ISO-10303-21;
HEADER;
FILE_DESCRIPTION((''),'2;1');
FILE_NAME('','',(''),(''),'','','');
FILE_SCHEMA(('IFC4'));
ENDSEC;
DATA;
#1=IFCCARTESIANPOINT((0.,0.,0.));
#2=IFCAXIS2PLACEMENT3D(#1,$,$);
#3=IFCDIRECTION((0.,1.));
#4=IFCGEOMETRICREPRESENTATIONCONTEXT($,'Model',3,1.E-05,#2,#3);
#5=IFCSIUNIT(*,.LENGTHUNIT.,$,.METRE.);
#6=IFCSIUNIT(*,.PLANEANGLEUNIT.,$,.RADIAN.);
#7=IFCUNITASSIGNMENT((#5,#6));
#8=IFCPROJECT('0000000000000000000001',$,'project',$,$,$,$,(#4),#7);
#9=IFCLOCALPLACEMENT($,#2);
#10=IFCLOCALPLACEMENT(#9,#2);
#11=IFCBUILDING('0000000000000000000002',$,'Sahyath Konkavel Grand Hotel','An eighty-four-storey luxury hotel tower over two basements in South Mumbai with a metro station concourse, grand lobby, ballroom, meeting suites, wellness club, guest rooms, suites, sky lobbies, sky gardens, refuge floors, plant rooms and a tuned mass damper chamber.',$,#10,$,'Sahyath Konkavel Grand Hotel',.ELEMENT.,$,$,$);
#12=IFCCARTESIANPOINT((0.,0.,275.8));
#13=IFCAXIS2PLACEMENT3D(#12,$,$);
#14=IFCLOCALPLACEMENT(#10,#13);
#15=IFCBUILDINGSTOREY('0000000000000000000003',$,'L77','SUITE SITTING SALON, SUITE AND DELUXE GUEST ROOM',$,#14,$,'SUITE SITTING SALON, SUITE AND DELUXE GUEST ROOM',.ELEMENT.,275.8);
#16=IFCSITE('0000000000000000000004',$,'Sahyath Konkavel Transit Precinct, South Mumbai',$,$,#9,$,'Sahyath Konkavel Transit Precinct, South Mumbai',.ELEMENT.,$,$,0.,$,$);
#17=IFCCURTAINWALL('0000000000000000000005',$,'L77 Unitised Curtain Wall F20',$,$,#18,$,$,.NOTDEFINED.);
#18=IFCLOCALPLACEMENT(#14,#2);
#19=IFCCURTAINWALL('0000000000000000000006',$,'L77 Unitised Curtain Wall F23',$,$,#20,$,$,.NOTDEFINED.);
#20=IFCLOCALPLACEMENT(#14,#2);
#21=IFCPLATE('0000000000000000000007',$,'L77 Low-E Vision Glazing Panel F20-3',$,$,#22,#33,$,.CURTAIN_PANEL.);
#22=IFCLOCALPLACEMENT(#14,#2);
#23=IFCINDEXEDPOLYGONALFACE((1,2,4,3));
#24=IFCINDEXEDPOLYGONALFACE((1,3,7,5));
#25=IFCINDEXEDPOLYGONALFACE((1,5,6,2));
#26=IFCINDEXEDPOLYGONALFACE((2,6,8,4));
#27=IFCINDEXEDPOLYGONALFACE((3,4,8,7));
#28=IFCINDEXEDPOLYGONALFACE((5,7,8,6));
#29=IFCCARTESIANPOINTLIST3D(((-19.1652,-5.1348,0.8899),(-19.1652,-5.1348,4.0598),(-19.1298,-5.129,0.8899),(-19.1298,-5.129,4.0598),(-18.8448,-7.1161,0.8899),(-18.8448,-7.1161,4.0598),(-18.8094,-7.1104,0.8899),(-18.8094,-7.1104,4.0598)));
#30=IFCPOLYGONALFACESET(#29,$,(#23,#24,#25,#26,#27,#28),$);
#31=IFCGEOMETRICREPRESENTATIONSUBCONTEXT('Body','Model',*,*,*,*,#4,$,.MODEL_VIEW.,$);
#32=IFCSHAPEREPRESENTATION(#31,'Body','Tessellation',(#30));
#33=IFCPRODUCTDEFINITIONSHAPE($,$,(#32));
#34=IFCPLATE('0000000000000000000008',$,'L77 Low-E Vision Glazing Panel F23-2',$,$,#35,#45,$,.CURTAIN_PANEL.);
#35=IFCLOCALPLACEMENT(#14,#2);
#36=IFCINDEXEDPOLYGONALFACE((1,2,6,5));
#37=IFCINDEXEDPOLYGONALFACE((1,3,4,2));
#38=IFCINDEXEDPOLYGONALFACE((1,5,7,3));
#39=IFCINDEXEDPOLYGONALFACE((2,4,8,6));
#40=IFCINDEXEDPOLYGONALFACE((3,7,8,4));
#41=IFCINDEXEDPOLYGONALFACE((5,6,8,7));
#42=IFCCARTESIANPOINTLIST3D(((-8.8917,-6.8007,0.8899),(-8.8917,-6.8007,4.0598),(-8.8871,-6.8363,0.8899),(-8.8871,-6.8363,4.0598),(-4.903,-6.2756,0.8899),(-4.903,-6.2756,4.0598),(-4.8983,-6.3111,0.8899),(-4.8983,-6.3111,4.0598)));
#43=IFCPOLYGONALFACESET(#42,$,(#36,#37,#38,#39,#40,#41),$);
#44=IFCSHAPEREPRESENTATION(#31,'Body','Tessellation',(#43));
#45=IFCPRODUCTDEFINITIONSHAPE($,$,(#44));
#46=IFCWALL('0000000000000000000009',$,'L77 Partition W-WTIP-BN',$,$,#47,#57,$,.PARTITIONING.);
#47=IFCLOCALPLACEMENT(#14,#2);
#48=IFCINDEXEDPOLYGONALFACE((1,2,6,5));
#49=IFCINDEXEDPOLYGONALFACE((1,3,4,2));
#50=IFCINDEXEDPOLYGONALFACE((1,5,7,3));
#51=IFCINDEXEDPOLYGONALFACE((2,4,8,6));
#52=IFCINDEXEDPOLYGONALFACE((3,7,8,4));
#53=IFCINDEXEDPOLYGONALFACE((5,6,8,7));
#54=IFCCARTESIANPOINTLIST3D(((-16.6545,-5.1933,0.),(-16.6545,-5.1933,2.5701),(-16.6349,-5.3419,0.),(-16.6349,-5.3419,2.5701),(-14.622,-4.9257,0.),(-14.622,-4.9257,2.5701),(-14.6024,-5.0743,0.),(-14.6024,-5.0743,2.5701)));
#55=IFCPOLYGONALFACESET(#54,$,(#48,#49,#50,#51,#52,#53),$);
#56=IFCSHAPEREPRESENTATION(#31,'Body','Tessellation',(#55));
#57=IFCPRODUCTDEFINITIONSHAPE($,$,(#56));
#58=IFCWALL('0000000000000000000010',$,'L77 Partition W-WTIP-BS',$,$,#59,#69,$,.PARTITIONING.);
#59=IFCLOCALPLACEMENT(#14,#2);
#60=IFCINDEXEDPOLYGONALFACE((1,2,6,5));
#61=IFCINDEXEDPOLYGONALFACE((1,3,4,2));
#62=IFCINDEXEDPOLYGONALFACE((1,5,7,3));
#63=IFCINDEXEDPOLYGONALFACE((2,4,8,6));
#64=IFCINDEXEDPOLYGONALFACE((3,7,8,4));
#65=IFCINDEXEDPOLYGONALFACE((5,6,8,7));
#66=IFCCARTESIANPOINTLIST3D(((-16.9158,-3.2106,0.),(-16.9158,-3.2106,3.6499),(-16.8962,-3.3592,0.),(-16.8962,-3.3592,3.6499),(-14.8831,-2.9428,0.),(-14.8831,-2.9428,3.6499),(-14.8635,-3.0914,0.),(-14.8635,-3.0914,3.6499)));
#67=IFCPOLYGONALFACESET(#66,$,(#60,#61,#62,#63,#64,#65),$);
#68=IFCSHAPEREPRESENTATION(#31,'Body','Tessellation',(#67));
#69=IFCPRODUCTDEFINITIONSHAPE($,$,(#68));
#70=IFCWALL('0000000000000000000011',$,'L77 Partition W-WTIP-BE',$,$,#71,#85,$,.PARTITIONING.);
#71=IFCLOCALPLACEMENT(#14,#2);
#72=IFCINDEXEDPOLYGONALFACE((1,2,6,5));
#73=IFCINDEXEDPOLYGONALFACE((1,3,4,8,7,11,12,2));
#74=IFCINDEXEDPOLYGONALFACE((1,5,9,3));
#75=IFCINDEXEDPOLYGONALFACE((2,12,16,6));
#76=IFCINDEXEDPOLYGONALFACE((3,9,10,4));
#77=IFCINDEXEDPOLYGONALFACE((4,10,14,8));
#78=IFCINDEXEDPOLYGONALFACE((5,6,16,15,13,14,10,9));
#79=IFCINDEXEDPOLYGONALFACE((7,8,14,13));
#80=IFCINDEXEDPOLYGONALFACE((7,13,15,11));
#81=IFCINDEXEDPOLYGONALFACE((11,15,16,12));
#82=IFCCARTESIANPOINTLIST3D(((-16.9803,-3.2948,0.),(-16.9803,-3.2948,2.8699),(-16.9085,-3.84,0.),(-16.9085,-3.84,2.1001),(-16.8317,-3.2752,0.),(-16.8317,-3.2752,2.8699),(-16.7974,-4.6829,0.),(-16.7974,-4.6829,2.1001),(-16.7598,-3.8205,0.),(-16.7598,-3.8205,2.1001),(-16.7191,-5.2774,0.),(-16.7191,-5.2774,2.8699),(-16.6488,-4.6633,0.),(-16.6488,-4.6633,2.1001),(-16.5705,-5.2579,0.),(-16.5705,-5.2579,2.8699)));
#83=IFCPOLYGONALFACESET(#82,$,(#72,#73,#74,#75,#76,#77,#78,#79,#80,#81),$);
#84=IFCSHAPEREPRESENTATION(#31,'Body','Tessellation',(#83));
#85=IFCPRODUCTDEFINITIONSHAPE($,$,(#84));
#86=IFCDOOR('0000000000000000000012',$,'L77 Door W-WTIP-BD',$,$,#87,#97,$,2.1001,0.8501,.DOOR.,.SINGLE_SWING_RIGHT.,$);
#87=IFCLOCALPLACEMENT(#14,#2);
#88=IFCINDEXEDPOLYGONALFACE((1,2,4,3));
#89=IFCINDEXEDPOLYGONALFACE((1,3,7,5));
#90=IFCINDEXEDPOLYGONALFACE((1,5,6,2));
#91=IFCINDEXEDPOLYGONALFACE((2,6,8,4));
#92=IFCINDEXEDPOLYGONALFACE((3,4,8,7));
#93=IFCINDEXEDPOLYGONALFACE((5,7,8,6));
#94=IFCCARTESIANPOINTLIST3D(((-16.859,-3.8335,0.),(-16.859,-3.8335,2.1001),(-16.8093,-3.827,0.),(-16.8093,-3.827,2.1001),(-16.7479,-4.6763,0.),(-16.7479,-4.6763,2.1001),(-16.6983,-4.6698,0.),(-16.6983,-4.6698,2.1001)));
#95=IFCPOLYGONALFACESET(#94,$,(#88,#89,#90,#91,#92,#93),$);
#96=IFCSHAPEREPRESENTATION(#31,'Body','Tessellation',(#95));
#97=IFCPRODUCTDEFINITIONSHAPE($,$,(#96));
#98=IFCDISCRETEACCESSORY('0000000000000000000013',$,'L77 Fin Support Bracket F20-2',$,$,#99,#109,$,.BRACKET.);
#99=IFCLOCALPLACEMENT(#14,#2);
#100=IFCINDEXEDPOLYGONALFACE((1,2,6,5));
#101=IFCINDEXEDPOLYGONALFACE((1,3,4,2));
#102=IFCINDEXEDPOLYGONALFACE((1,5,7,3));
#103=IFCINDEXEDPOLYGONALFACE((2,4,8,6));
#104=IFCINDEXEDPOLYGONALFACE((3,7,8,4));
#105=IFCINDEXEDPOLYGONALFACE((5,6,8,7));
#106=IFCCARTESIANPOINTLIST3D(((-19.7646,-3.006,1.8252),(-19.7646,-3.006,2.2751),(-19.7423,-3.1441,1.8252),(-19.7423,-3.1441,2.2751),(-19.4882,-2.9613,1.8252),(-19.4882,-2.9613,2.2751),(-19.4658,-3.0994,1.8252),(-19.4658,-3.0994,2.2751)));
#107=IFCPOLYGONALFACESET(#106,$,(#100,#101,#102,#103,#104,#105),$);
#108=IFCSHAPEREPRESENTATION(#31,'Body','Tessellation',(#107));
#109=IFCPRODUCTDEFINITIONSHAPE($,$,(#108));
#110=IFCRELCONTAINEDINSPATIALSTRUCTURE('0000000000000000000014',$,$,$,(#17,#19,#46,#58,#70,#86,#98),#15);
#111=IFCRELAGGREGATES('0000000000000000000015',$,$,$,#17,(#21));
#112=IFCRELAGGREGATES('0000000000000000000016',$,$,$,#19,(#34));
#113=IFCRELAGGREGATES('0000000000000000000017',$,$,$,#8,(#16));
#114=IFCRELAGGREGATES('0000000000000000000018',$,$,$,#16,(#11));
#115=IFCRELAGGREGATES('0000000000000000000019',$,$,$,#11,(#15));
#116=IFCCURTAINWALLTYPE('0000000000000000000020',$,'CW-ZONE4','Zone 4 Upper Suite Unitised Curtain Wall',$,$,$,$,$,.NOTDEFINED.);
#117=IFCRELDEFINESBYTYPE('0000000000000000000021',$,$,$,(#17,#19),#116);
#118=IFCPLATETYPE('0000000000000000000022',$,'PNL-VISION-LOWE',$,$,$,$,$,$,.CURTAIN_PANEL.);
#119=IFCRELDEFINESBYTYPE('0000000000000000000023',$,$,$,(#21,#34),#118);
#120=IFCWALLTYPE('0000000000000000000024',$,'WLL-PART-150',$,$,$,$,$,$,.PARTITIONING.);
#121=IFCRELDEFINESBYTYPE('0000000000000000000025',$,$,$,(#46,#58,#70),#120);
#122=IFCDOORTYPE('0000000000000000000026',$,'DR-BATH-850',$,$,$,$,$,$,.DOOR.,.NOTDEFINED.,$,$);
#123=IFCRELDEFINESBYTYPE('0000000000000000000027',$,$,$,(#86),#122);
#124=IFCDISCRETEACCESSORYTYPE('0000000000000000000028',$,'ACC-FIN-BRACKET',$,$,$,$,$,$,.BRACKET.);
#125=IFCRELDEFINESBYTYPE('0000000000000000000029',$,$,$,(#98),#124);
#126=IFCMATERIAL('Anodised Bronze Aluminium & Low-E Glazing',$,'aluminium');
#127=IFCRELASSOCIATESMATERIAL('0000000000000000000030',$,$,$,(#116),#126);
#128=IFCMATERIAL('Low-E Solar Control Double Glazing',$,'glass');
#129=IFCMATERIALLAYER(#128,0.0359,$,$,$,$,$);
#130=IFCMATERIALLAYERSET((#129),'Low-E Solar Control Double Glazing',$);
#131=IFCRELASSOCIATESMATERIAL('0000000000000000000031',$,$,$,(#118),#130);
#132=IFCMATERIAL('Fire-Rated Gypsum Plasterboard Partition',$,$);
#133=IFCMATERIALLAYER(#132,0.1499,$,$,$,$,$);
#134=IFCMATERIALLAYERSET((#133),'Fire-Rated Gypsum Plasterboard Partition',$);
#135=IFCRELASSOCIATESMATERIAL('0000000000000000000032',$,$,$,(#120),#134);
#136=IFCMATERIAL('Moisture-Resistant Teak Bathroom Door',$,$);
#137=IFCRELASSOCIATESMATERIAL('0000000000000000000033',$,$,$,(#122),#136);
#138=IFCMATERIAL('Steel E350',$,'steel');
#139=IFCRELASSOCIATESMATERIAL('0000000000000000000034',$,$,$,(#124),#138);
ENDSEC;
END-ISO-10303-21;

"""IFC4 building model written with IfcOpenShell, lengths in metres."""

from ifc_helpers import new_model, si_unit, direction, frame, frame_2d, origin, origin_2d, place, context, subcontext, project, spatial, rectangle, extrude, source, transform, mapped, material, layer, layer_set, type_object, element, fill, aggregate, save


model = new_model("IFC4")

# Units and contexts
model_context = context("Model", 3, precision=1e-05, world=origin(), true_north=direction((0.0, 1.0)))
body_context = subcontext(model_context, "Body", "Model", "MODEL_VIEW")
ifc_project = project(units=[si_unit("LENGTHUNIT", "METRE"), si_unit("PLANEANGLEUNIT", "RADIAN")], contexts=[model_context])

# Site, building, storey
site_placement = place(None, origin())
site = spatial("IfcSite", under=ifc_project, at=site_placement, Name="Sahyath Konkavel Transit Precinct, South Mumbai", LongName="Sahyath Konkavel Transit Precinct, South Mumbai", CompositionType="ELEMENT", RefElevation=0.0)
building_placement = place(site_placement, origin())
building = spatial("IfcBuilding", under=site, at=building_placement, Name="Sahyath Konkavel Grand Hotel", Description="An eighty-four-storey luxury hotel tower over two basements in South Mumbai with a metro station concourse, grand lobby, ballroom, meeting suites, wellness club, guest rooms, suites, sky lobbies, sky gardens, refuge floors, plant rooms and a tuned mass damper chamber.", LongName="Sahyath Konkavel Grand Hotel", CompositionType="ELEMENT")
storey_placement = place(building_placement, frame((0.0, 0.0, 275.8)))
storey = spatial("IfcBuildingStorey", under=building, at=storey_placement, Name="L77", Description="SUITE SITTING SALON, SUITE AND DELUXE GUEST ROOM", LongName="SUITE SITTING SALON, SUITE AND DELUXE GUEST ROOM", CompositionType="ELEMENT", Elevation=275.8)

# Shared definitions
ifc_material_1 = material(Name="Steel E350", Category="steel")

# Curtain wall
ifc_material_2 = material(Name="Anodised Bronze Aluminium & Low-E Glazing", Category="aluminium")
curtain_wall_type = type_object("IfcCurtainWallType", Name="CW-ZONE4", Description="Zone 4 Upper Suite Unitised Curtain Wall", PredefinedType="NOTDEFINED", material=ifc_material_2)
curtain_wall_1_placement = place(storey_placement, origin())
curtain_wall_1 = element("IfcCurtainWall", 1, at=curtain_wall_1_placement, inside=storey, type_object=curtain_wall_type, Name="L77 Unitised Curtain Wall F20", PredefinedType="NOTDEFINED")

# Curtain wall
curtain_wall_2_placement = place(storey_placement, origin())
curtain_wall_2 = element("IfcCurtainWall", 2, at=curtain_wall_2_placement, inside=storey, type_object=curtain_wall_type, Name="L77 Unitised Curtain Wall F23", PredefinedType="NOTDEFINED")

# Plates
ifc_material_3 = material(Name="Low-E Solar Control Double Glazing", Category="glass")
ifc_layer_1 = layer(ifc_material_3, 0.0359)
ifc_layer_set_1 = layer_set([ifc_layer_1], Name="Low-E Solar Control Double Glazing")
plate_type_1 = type_object("IfcPlateType", Name="PNL-VISION-LOWE", PredefinedType="CURTAIN_PANEL", material=ifc_layer_set_1)
shared_shape_1 = source(origin(), body_context, "Body", "SweptSolid", [
    extrude(rectangle(XDim=2.0071, YDim=0.0359, at=origin_2d()), origin(), (0.0, 0.0, 1.0), 3.1699),
])
plate_1_placement = place(storey_placement, frame((-18.9873, -6.1226, 0.8899), z_axis=(0.0, 0.0, 1.0), x_axis=(0.159623, -0.987178, 0.0)))
plate_1 = element("IfcPlate", 3, at=plate_1_placement, type_object=plate_type_1, Name="L77 Low-E Vision Glazing Panel F20-3", PredefinedType="CURTAIN_PANEL", context=body_context, shape_type="MappedRepresentation", body=[
    mapped(shared_shape_1, transform((0.0, 0.0, 0.0), scale=1.0)),
])
aggregate(curtain_wall_1, [plate_1])
shared_shape_2 = source(origin(), body_context, "Body", "SweptSolid", [
    extrude(rectangle(XDim=4.0232, YDim=0.0359, at=origin_2d()), origin(), (0.0, 0.0, 1.0), 3.1699),
])
plate_2_placement = place(storey_placement, frame((-6.895, -6.5559, 0.8899), z_axis=(0.0, 0.0, 1.0), x_axis=(0.991445, 0.130526, 0.0)))
plate_2 = element("IfcPlate", 4, at=plate_2_placement, type_object=plate_type_1, Name="L77 Low-E Vision Glazing Panel F23-2", PredefinedType="CURTAIN_PANEL", context=body_context, shape_type="MappedRepresentation", body=[
    mapped(shared_shape_2, transform((0.0, 0.0, 0.0), scale=1.0)),
])
aggregate(curtain_wall_2, [plate_2])

# Walls
ifc_material_4 = material(Name="Fire-Rated Gypsum Plasterboard Partition")
ifc_layer_2 = layer(ifc_material_4, 0.1499)
ifc_layer_set_2 = layer_set([ifc_layer_2], Name="Fire-Rated Gypsum Plasterboard Partition")
wall_type = type_object("IfcWallType", Name="WLL-PART-150", PredefinedType="PARTITIONING", material=ifc_layer_set_2)
wall_1_placement = place(storey_placement, frame((-14.6123, -5.0, 0.0), z_axis=(0.0, 0.0, 1.0), x_axis=(-0.991445, -0.130525, 0.0)))
element("IfcWall", 5, at=wall_1_placement, inside=storey, type_object=wall_type, Name="L77 Partition W-WTIP-BN", PredefinedType="PARTITIONING", context=body_context, shape_type="SweptSolid", body=[
    extrude(rectangle(XDim=2.05, YDim=0.1499, at=frame_2d((1.0249, 0.0))), origin(), (0.0, 0.0, 1.0), 2.5701),
])
wall_2_placement = place(storey_placement, frame((-14.8733, -3.0171, 0.0), z_axis=(0.0, 0.0, 1.0), x_axis=(-0.991432, -0.130627, 0.0)))
element("IfcWall", 6, at=wall_2_placement, inside=storey, type_object=wall_type, Name="L77 Partition W-WTIP-BS", PredefinedType="PARTITIONING", context=body_context, shape_type="SweptSolid", body=[
    extrude(rectangle(XDim=2.0503, YDim=0.1499, at=frame_2d((1.0251, 0.0))), origin(), (0.0, 0.0, 1.0), 3.6499),
])

# Wall, opening, door
wall_3_placement = place(storey_placement, frame((-16.906, -3.2849, 0.0), z_axis=(0.0, 0.0, 1.0), x_axis=(0.130628, -0.991431, 0.0)))
wall_3 = element("IfcWall", 7, at=wall_3_placement, inside=storey, type_object=wall_type, Name="L77 Partition W-WTIP-BE", PredefinedType="PARTITIONING", context=body_context, shape_type="SweptSolid", body=[
    extrude(rectangle(XDim=1.9998, YDim=0.1499, at=frame_2d((1.0, 0.0))), origin(), (0.0, 0.0, 1.0), 2.8699),
])
opening_placement = place(wall_3_placement, frame((0.55, 0.0, 0.0)))
opening = element("IfcOpeningElement", 8, at=opening_placement, cuts=wall_3, PredefinedType="OPENING", context=body_context, shape_type="SweptSolid", body=[
    extrude(rectangle(XDim=0.8501, YDim=2.1001, at=frame_2d((0.425, 1.05))), frame((0.0, 0.085, 0.0), z_axis=(0.0, -1.0, 0.0), x_axis=(1.0, 0.0, 0.0)), (0.0, 0.0, 1.0), 0.1699),
])
ifc_material_5 = material(Name="Moisture-Resistant Teak Bathroom Door")
door_type = type_object("IfcDoorType", Name="DR-BATH-850", OperationType="NOTDEFINED", PredefinedType="DOOR", material=ifc_material_5)
shared_shape_3 = source(origin(), body_context, "Body", "SweptSolid", [
    extrude(rectangle(XDim=0.8501, YDim=0.05, at=origin_2d()), origin(), (0.0, 0.0, 1.0), 2.1001),
])
door_placement = place(opening_placement, frame((0.425, 0.0, 0.0)))
door = element("IfcDoor", 9, at=door_placement, inside=storey, type_object=door_type, Name="L77 Door W-WTIP-BD", OperationType="SINGLE_SWING_RIGHT", OverallHeight=2.1001, OverallWidth=0.8501, PredefinedType="DOOR", context=body_context, shape_type="MappedRepresentation", body=[
    mapped(shared_shape_3, transform((0.0, 0.0, 0.0), scale=1.0)),
])
fill(opening, door)

# Discrete accessory
discrete_accessory_type = type_object("IfcDiscreteAccessoryType", Name="ACC-FIN-BRACKET", PredefinedType="BRACKET", material=ifc_material_1)
shared_shape_4 = source(origin(), body_context, "Body", "SweptSolid", [
    extrude(rectangle(XDim=0.28, YDim=0.1399, at=origin_2d()), origin(), (0.0, 0.0, 1.0), 0.45),
])
discrete_accessory_placement = place(storey_placement, frame((-19.6152, -3.0527, 1.8252), z_axis=(0.0, 0.0, 1.0), x_axis=(-0.987178, -0.159623, 0.0)))
element("IfcDiscreteAccessory", 10, at=discrete_accessory_placement, inside=storey, type_object=discrete_accessory_type, Name="L77 Fin Support Bracket F20-2", PredefinedType="BRACKET", context=body_context, shape_type="MappedRepresentation", body=[
    mapped(shared_shape_4, transform((0.0, 0.0, 0.0), scale=1.0)),
])

save(model, "model.ifc")
